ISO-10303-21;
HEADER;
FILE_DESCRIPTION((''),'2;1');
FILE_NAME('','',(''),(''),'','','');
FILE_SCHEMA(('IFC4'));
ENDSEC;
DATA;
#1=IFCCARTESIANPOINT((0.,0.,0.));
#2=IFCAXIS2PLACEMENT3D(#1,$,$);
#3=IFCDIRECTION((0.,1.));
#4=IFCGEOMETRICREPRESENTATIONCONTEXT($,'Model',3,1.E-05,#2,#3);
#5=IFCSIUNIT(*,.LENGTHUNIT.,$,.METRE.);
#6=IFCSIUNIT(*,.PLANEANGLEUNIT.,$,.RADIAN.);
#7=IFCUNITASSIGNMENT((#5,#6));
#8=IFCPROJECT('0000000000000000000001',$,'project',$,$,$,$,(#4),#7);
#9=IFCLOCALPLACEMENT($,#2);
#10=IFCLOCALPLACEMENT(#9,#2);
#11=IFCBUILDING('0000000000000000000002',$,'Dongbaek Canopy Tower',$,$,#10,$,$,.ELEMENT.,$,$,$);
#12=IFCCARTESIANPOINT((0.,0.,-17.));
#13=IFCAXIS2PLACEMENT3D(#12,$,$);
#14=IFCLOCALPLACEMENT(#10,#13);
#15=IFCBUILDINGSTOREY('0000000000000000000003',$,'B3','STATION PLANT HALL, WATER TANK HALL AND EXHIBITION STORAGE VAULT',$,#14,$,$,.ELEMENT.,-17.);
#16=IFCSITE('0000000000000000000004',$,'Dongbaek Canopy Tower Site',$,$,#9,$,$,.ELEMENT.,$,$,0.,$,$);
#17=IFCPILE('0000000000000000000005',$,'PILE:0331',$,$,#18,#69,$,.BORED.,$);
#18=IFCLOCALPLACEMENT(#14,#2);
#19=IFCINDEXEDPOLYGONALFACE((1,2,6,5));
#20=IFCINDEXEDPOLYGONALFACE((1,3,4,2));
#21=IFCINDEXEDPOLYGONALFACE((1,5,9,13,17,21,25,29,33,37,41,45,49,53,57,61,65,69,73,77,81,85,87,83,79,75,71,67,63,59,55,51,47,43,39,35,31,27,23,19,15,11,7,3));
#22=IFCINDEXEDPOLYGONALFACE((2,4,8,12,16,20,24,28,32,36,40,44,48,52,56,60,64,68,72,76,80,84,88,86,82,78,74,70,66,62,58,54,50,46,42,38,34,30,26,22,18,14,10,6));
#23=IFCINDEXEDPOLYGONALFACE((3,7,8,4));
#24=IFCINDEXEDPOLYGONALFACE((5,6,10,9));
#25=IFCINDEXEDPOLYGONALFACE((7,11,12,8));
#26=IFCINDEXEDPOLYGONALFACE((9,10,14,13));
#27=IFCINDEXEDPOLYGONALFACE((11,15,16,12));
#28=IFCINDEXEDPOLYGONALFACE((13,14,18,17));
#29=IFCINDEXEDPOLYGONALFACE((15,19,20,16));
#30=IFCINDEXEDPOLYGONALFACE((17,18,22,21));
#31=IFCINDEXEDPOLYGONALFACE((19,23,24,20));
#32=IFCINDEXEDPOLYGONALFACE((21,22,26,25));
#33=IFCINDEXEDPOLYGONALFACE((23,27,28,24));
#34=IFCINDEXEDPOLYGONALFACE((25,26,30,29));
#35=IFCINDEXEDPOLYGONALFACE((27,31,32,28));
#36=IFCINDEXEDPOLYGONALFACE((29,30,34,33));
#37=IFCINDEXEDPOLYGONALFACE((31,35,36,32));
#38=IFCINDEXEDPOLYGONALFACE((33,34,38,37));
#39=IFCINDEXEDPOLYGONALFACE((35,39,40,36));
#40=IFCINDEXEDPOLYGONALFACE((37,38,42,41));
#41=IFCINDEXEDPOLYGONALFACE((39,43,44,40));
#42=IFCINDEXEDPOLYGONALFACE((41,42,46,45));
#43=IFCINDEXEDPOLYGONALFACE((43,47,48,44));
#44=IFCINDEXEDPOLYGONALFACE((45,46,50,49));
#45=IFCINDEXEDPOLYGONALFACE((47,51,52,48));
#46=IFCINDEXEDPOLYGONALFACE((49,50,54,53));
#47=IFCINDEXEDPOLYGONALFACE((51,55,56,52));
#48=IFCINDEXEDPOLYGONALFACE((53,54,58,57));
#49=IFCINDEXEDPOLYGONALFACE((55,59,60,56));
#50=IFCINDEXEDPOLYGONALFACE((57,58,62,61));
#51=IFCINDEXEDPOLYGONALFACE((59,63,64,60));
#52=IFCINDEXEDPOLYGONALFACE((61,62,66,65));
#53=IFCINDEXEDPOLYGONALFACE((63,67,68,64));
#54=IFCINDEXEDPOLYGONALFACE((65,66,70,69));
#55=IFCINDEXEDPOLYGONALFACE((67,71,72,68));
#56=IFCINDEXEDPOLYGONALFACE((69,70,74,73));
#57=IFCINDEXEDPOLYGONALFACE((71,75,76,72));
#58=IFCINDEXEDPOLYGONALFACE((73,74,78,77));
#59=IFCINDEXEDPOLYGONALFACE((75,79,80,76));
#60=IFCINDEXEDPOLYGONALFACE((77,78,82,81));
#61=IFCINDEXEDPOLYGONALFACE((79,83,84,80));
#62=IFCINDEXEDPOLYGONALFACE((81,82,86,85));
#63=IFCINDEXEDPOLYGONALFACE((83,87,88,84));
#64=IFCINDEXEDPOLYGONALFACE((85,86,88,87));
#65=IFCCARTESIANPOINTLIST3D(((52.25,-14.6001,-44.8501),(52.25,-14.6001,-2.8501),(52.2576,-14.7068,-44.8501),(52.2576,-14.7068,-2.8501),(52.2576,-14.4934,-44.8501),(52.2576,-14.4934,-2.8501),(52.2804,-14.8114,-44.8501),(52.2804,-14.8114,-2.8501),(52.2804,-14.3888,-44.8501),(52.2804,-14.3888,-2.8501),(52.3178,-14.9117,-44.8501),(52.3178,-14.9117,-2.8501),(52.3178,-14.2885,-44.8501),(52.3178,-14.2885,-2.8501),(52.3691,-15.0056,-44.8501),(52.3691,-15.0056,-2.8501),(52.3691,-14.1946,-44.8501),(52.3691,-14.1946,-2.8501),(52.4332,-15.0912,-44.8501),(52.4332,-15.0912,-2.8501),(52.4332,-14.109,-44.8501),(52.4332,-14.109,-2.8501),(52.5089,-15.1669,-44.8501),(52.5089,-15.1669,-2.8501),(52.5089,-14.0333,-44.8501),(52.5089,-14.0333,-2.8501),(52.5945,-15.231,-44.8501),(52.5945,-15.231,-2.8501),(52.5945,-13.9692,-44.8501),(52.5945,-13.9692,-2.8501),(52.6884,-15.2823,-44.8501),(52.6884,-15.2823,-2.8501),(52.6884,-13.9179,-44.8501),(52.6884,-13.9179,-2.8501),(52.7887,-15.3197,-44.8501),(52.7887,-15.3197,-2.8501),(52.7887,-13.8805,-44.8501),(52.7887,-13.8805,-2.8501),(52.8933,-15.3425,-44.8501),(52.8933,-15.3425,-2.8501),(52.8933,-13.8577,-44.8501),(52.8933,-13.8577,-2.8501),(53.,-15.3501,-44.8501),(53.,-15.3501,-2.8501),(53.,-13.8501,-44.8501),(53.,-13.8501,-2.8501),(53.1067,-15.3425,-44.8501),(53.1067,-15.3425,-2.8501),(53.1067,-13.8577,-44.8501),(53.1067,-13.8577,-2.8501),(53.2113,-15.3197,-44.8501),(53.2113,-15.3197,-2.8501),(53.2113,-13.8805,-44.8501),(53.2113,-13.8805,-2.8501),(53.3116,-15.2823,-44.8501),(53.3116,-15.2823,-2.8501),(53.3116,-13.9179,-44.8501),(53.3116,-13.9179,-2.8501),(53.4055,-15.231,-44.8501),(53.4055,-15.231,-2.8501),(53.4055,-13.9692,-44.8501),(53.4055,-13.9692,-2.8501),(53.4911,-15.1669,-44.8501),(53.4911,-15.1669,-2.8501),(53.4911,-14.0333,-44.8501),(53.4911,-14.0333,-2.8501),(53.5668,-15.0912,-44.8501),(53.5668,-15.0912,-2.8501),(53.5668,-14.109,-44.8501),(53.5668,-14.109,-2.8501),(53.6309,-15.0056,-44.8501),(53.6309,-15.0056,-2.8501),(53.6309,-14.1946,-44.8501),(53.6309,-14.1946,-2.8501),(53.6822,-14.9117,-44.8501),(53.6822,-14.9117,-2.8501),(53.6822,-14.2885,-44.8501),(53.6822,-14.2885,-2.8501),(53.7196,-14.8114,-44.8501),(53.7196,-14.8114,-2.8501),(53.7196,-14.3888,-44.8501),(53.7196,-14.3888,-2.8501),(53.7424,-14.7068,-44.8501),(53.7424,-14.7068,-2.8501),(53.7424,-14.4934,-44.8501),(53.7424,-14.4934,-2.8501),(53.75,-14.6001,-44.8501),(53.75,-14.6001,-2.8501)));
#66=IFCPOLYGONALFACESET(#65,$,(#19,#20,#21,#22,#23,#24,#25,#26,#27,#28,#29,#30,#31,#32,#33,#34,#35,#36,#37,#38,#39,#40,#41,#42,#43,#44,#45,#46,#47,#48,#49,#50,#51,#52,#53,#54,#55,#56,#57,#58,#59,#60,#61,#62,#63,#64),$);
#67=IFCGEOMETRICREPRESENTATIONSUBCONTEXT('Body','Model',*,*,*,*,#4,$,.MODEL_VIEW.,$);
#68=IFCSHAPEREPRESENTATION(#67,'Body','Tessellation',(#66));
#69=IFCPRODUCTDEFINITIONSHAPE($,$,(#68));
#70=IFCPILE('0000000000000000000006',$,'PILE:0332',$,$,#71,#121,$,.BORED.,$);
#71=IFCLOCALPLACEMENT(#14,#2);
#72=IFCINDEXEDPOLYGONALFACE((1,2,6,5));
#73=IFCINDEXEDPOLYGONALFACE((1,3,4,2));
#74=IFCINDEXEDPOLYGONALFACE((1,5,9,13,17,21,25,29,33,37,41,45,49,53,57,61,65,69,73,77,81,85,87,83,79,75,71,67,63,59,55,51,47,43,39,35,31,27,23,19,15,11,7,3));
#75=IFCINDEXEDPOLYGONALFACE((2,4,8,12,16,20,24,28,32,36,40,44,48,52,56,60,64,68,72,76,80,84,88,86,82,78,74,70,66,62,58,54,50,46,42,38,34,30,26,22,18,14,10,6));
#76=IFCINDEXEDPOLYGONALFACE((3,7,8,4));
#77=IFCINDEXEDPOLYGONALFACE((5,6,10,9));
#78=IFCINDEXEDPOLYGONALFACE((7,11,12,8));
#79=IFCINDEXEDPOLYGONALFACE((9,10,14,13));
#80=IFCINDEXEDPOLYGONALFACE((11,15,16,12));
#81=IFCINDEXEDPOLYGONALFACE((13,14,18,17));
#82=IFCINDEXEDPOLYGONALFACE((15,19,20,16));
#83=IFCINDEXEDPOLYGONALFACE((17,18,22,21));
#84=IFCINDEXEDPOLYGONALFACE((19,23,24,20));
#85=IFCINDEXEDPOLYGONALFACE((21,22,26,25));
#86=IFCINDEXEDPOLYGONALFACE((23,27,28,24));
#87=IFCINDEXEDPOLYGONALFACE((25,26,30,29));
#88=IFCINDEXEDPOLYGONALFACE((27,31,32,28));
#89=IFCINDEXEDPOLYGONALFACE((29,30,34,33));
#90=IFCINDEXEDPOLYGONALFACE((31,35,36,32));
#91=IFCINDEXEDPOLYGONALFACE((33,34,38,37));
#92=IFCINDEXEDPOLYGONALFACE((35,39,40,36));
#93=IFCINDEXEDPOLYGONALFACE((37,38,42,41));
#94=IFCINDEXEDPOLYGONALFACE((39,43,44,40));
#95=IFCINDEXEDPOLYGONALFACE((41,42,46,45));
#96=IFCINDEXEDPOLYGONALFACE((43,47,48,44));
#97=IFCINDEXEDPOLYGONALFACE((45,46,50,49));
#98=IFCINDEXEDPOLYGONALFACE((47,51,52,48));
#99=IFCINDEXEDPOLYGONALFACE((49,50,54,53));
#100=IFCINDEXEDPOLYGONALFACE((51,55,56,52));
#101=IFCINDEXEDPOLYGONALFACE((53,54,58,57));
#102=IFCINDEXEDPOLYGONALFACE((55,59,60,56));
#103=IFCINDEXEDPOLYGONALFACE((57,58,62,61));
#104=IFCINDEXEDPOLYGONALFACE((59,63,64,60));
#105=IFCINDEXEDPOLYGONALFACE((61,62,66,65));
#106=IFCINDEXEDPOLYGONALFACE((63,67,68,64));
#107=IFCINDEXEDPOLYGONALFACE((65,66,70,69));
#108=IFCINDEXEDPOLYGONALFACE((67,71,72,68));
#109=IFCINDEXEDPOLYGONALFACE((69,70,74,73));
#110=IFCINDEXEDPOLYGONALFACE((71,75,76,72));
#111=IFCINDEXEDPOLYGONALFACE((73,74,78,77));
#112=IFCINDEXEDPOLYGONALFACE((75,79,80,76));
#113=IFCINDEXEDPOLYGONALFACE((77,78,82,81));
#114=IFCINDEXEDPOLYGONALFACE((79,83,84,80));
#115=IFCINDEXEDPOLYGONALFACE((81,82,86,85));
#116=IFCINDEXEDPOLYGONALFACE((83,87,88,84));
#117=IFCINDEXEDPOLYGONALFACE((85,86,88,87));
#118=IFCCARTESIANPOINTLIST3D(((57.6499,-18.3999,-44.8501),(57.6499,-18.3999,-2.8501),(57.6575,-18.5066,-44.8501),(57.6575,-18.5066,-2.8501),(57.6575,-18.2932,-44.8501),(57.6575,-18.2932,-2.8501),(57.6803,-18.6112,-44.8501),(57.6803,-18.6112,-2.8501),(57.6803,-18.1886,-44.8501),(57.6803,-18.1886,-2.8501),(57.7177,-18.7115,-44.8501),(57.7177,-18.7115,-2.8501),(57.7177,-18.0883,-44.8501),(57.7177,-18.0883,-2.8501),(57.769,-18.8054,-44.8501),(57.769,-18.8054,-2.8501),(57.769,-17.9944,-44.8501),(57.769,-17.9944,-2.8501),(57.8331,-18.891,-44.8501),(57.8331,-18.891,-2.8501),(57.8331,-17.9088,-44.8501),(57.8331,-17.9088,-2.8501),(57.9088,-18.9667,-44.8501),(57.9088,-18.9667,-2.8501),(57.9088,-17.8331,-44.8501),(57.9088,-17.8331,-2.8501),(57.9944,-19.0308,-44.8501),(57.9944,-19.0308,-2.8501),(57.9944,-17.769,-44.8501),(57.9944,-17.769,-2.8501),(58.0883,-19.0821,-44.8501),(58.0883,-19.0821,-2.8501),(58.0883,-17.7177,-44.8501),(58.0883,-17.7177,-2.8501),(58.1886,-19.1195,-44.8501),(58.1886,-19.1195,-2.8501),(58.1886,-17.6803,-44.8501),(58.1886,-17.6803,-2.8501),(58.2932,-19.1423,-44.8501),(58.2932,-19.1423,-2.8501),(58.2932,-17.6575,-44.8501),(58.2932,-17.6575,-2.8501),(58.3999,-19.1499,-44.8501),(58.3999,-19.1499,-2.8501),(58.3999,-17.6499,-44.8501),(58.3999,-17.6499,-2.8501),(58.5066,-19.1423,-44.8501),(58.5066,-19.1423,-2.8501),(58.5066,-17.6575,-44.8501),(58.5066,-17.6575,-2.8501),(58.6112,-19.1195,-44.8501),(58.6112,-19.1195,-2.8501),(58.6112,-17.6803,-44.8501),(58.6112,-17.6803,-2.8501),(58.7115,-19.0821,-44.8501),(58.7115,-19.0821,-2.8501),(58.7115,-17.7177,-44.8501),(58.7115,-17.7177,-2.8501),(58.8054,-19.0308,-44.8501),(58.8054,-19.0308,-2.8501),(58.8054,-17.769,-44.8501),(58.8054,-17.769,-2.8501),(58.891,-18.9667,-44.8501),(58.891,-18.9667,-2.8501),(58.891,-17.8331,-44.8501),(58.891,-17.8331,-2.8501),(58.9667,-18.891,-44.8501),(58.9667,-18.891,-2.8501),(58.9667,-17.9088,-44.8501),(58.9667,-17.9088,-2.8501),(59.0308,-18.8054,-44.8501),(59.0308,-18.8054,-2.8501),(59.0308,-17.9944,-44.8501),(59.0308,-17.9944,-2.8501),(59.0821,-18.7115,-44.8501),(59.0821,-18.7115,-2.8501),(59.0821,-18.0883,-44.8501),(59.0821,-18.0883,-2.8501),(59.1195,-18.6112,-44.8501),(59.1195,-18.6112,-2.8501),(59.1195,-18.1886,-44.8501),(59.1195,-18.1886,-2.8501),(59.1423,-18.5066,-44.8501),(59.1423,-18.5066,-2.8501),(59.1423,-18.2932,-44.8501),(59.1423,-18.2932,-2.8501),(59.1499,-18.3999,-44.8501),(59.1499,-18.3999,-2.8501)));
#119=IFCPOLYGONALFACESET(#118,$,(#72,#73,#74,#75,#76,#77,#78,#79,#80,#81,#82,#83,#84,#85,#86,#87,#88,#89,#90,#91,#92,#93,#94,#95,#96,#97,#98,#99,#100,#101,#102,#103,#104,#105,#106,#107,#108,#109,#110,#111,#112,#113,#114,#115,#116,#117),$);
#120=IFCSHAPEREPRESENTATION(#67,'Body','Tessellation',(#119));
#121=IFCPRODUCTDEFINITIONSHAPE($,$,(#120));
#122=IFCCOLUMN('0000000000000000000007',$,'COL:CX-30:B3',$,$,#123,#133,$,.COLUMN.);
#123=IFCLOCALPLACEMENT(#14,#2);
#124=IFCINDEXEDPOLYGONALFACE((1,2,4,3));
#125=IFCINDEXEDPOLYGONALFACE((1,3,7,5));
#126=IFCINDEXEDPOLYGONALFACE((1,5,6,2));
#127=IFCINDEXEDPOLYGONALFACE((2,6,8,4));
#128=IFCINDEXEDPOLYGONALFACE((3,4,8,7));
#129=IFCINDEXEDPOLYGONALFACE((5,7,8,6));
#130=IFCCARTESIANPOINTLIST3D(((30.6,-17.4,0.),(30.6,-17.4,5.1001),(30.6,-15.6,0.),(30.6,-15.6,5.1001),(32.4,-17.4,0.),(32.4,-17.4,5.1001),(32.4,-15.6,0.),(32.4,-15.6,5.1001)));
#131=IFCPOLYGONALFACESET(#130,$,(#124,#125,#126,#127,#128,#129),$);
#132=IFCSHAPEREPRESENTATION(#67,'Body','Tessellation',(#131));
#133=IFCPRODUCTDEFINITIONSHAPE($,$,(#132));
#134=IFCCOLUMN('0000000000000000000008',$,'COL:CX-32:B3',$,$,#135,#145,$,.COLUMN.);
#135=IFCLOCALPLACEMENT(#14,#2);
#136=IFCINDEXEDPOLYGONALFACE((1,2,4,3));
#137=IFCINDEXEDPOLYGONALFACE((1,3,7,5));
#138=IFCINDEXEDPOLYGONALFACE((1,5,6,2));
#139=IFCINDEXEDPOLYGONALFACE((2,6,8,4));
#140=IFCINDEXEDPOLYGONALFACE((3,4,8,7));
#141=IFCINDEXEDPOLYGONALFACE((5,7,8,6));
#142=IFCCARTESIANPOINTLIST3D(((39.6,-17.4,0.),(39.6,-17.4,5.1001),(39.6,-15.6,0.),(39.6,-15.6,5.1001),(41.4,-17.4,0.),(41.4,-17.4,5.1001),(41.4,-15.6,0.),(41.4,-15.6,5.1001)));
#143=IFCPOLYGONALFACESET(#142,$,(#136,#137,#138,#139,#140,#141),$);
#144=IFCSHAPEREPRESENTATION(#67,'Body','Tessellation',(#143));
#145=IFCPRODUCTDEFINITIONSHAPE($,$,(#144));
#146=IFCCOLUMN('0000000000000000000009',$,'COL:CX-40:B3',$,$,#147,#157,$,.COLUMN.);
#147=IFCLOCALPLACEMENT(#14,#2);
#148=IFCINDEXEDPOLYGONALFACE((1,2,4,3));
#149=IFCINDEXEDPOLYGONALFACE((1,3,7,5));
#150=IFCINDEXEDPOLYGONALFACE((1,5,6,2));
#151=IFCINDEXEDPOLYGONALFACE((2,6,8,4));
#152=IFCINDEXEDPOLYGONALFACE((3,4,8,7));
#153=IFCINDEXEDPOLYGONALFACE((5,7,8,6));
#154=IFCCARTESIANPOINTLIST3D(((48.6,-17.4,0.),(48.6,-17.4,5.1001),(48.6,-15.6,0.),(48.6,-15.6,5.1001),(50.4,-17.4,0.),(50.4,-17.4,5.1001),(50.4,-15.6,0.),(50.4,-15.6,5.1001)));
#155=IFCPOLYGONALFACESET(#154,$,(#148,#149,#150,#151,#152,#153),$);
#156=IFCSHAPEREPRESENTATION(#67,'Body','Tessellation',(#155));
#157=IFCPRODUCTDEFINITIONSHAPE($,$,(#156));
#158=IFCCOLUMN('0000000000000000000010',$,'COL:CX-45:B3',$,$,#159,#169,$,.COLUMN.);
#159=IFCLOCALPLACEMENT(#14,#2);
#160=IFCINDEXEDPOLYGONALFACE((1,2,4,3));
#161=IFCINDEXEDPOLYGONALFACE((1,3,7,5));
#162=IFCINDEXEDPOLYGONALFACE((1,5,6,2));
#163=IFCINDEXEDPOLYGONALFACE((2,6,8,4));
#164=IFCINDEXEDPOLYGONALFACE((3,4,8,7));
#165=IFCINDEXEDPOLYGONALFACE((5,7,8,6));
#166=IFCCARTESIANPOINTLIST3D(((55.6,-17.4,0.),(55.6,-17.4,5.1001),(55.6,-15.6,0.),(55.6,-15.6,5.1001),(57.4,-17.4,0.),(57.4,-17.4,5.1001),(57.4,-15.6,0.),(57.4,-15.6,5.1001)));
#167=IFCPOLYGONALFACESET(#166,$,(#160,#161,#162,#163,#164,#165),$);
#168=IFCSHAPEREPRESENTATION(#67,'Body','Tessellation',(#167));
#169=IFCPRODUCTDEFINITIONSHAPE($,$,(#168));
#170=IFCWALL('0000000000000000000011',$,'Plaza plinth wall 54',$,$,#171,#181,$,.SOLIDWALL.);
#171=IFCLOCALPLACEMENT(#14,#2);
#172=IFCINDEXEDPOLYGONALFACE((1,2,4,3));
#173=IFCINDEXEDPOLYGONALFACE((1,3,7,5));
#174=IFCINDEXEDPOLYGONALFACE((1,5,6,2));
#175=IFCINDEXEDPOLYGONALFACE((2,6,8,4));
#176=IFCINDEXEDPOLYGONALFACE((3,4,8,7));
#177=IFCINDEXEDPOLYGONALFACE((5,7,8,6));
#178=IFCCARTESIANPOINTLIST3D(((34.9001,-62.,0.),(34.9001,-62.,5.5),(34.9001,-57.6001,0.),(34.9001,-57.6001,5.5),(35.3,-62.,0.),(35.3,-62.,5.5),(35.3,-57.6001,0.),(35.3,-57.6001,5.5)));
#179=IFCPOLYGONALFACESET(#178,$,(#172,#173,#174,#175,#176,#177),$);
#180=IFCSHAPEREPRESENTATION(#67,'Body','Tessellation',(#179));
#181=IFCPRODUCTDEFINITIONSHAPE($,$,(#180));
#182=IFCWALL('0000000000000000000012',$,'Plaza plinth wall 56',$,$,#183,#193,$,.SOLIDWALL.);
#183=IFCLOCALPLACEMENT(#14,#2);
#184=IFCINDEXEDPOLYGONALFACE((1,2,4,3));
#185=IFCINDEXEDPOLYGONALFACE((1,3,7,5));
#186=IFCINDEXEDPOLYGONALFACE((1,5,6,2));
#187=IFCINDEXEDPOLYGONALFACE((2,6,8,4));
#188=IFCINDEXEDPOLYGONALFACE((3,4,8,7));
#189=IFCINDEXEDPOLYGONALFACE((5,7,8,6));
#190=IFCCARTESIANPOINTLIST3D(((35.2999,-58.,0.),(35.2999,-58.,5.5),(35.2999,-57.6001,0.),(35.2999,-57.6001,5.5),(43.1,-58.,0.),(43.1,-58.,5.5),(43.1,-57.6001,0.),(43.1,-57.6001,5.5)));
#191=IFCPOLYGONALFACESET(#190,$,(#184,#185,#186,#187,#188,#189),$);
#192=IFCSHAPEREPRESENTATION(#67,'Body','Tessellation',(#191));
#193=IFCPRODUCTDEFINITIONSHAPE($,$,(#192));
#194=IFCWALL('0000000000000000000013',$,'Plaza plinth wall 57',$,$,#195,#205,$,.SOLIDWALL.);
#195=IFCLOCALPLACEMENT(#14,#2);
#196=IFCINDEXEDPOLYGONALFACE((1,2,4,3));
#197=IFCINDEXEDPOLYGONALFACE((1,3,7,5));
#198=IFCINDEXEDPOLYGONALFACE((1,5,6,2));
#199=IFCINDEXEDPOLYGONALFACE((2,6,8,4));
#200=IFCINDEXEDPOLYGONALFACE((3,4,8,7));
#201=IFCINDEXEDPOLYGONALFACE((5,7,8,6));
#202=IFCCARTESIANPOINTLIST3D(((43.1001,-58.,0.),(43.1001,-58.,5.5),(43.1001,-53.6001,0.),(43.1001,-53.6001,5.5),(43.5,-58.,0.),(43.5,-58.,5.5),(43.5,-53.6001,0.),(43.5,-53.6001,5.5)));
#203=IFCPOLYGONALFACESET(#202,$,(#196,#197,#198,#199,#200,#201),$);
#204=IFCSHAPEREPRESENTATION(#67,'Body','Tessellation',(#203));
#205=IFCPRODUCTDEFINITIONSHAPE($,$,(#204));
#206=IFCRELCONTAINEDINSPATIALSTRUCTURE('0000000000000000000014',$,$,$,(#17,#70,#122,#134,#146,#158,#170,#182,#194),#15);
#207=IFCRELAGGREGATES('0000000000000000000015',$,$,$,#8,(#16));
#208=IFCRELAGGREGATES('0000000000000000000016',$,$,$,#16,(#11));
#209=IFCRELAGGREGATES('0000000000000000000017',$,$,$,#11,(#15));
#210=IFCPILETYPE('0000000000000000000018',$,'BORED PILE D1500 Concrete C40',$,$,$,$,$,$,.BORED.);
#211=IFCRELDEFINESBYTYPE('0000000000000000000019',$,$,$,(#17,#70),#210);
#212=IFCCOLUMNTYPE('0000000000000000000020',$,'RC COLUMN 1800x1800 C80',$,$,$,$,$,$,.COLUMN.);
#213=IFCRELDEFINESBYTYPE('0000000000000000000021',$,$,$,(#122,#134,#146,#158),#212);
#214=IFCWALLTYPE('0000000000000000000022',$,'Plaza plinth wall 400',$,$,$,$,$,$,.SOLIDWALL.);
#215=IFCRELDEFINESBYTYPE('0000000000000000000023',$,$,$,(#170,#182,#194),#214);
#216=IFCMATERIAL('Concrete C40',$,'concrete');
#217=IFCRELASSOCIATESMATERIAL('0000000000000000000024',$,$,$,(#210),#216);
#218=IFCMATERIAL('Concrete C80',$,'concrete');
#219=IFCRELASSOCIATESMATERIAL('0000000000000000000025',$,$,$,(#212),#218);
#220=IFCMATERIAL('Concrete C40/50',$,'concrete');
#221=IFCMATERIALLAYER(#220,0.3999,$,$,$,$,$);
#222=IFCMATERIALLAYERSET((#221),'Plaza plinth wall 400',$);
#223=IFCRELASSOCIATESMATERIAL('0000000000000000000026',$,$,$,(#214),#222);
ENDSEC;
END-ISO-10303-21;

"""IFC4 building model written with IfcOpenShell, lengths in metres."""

from ifc_helpers import new_model, si_unit, direction, frame, frame_2d, origin, origin_2d, place, context, subcontext, project, spatial, rectangle, circle, extrude, material, layer, layer_set, material_profile, profile_set, type_object, element, save


model = new_model("IFC4")

# Units and contexts
model_context = context("Model", 3, precision=1e-05, world=origin(), true_north=direction((0.0, 1.0)))
body_context = subcontext(model_context, "Body", "Model", "MODEL_VIEW")
ifc_project = project(units=[si_unit("LENGTHUNIT", "METRE"), si_unit("PLANEANGLEUNIT", "RADIAN")], contexts=[model_context])

# Site, building, storey
site_placement = place(None, origin())
site = spatial("IfcSite", under=ifc_project, at=site_placement, Name="Dongbaek Canopy Tower Site", CompositionType="ELEMENT", RefElevation=0.0)
building_placement = place(site_placement, origin())
building = spatial("IfcBuilding", under=site, at=building_placement, Name="Dongbaek Canopy Tower", CompositionType="ELEMENT")
storey_placement = place(building_placement, frame((0.0, 0.0, -17.0)))
storey = spatial("IfcBuildingStorey", under=building, at=storey_placement, Name="B3", Description="STATION PLANT HALL, WATER TANK HALL AND EXHIBITION STORAGE VAULT", CompositionType="ELEMENT", Elevation=-17.0)

# Piles
ifc_material_1 = material(Name="Concrete C40", Category="concrete")
ifc_material_profile_1 = material_profile(ifc_material_1, circle(Radius=0.75, at=origin_2d()), Name="BORED PILE D1500 Concrete C40")
ifc_profile_set_1 = profile_set([ifc_material_profile_1], Name="Concrete C40")
pile_type = type_object("IfcPileType", Name="BORED PILE D1500 Concrete C40", PredefinedType="BORED", material=ifc_profile_set_1)
for number, where, z_axis, x_axis, name in (
    (1, (53.0, -14.6001, -2.8501), (0.0, 0.0, -1.0), (1.0, 0.0, 0.0), "PILE:0331"),
    (2, (58.3999, -18.3999, -2.8501), (0.0, 0.0, -1.0), (1.0, 0.0, 0.0), "PILE:0332"),
):
    element("IfcPile", number, at=place(storey_placement, frame(where, z_axis=z_axis, x_axis=x_axis)), inside=storey, type_object=pile_type, Name=name, PredefinedType="BORED", context=body_context, shape_type="SweptSolid", body=[
        extrude(circle(Radius=0.75, at=origin_2d()), origin(), (0.0, 0.0, 1.0), 42.0),
    ])

# Columns
ifc_material_2 = material(Name="Concrete C80", Category="concrete")
ifc_material_profile_2 = material_profile(ifc_material_2, rectangle(XDim=1.8, YDim=1.8, at=origin_2d()), Name="RC COLUMN 1800x1800 C80")
ifc_profile_set_2 = profile_set([ifc_material_profile_2], Name="Concrete C80")
column_type = type_object("IfcColumnType", Name="RC COLUMN 1800x1800 C80", PredefinedType="COLUMN", material=ifc_profile_set_2)
for number, where, z_axis, x_axis, name in (
    (3, (31.5, -16.5, 0.0), (0.0, 0.0, 1.0), (1.0, 0.0, 0.0), "COL:CX-30:B3"),
    (4, (40.5, -16.5, 0.0), (0.0, 0.0, 1.0), (1.0, 0.0, 0.0), "COL:CX-32:B3"),
    (5, (49.5, -16.5, 0.0), (0.0, 0.0, 1.0), (1.0, 0.0, 0.0), "COL:CX-40:B3"),
    (6, (56.5, -16.5, 0.0), (0.0, 0.0, 1.0), (1.0, 0.0, 0.0), "COL:CX-45:B3"),
):
    element("IfcColumn", number, at=place(storey_placement, frame(where, z_axis=z_axis, x_axis=x_axis)), inside=storey, type_object=column_type, Name=name, PredefinedType="COLUMN", context=body_context, shape_type="SweptSolid", body=[
        extrude(rectangle(XDim=1.8, YDim=1.8, at=origin_2d()), origin(), (0.0, 0.0, 1.0), 5.1001),
    ])

# Walls
ifc_material_3 = material(Name="Concrete C40/50", Category="concrete")
ifc_layer_1 = layer(ifc_material_3, 0.3999)
ifc_layer_set_1 = layer_set([ifc_layer_1], Name="Plaza plinth wall 400")
wall_type_1 = type_object("IfcWallType", Name="Plaza plinth wall 400", PredefinedType="SOLIDWALL", material=ifc_layer_set_1)
wall_1_placement = place(storey_placement, frame((35.1001, -62.0, 0.0), z_axis=(0.0, 0.0, 1.0), x_axis=(0.0, 1.0, 0.0)))
element("IfcWall", 7, at=wall_1_placement, inside=storey, type_object=wall_type_1, Name="Plaza plinth wall 54", PredefinedType="SOLIDWALL", context=body_context, shape_type="SweptSolid", body=[
    extrude(rectangle(XDim=4.3999, YDim=0.3999, at=frame_2d((2.2, 0.0))), origin(), (0.0, 0.0, 1.0), 5.5),
])
wall_2_placement = place(storey_placement, frame((35.3, -57.8, 0.0), z_axis=(0.0, 0.0, 1.0), x_axis=(1.0, 0.0, 0.0)))
element("IfcWall", 8, at=wall_2_placement, inside=storey, type_object=wall_type_1, Name="Plaza plinth wall 56", PredefinedType="SOLIDWALL", context=body_context, shape_type="SweptSolid", body=[
    extrude(rectangle(XDim=7.8, YDim=0.3999, at=frame_2d((3.8999, 0.0))), origin(), (0.0, 0.0, 1.0), 5.5),
])
wall_3_placement = place(storey_placement, frame((43.3, -58.0, 0.0), z_axis=(0.0, 0.0, 1.0), x_axis=(0.0, 1.0, 0.0)))
element("IfcWall", 9, at=wall_3_placement, inside=storey, type_object=wall_type_1, Name="Plaza plinth wall 57", PredefinedType="SOLIDWALL", context=body_context, shape_type="SweptSolid", body=[
    extrude(rectangle(XDim=4.3999, YDim=0.3999, at=frame_2d((2.2, 0.0))), origin(), (0.0, 0.0, 1.0), 5.5),
])

save(model, "model.ifc")
